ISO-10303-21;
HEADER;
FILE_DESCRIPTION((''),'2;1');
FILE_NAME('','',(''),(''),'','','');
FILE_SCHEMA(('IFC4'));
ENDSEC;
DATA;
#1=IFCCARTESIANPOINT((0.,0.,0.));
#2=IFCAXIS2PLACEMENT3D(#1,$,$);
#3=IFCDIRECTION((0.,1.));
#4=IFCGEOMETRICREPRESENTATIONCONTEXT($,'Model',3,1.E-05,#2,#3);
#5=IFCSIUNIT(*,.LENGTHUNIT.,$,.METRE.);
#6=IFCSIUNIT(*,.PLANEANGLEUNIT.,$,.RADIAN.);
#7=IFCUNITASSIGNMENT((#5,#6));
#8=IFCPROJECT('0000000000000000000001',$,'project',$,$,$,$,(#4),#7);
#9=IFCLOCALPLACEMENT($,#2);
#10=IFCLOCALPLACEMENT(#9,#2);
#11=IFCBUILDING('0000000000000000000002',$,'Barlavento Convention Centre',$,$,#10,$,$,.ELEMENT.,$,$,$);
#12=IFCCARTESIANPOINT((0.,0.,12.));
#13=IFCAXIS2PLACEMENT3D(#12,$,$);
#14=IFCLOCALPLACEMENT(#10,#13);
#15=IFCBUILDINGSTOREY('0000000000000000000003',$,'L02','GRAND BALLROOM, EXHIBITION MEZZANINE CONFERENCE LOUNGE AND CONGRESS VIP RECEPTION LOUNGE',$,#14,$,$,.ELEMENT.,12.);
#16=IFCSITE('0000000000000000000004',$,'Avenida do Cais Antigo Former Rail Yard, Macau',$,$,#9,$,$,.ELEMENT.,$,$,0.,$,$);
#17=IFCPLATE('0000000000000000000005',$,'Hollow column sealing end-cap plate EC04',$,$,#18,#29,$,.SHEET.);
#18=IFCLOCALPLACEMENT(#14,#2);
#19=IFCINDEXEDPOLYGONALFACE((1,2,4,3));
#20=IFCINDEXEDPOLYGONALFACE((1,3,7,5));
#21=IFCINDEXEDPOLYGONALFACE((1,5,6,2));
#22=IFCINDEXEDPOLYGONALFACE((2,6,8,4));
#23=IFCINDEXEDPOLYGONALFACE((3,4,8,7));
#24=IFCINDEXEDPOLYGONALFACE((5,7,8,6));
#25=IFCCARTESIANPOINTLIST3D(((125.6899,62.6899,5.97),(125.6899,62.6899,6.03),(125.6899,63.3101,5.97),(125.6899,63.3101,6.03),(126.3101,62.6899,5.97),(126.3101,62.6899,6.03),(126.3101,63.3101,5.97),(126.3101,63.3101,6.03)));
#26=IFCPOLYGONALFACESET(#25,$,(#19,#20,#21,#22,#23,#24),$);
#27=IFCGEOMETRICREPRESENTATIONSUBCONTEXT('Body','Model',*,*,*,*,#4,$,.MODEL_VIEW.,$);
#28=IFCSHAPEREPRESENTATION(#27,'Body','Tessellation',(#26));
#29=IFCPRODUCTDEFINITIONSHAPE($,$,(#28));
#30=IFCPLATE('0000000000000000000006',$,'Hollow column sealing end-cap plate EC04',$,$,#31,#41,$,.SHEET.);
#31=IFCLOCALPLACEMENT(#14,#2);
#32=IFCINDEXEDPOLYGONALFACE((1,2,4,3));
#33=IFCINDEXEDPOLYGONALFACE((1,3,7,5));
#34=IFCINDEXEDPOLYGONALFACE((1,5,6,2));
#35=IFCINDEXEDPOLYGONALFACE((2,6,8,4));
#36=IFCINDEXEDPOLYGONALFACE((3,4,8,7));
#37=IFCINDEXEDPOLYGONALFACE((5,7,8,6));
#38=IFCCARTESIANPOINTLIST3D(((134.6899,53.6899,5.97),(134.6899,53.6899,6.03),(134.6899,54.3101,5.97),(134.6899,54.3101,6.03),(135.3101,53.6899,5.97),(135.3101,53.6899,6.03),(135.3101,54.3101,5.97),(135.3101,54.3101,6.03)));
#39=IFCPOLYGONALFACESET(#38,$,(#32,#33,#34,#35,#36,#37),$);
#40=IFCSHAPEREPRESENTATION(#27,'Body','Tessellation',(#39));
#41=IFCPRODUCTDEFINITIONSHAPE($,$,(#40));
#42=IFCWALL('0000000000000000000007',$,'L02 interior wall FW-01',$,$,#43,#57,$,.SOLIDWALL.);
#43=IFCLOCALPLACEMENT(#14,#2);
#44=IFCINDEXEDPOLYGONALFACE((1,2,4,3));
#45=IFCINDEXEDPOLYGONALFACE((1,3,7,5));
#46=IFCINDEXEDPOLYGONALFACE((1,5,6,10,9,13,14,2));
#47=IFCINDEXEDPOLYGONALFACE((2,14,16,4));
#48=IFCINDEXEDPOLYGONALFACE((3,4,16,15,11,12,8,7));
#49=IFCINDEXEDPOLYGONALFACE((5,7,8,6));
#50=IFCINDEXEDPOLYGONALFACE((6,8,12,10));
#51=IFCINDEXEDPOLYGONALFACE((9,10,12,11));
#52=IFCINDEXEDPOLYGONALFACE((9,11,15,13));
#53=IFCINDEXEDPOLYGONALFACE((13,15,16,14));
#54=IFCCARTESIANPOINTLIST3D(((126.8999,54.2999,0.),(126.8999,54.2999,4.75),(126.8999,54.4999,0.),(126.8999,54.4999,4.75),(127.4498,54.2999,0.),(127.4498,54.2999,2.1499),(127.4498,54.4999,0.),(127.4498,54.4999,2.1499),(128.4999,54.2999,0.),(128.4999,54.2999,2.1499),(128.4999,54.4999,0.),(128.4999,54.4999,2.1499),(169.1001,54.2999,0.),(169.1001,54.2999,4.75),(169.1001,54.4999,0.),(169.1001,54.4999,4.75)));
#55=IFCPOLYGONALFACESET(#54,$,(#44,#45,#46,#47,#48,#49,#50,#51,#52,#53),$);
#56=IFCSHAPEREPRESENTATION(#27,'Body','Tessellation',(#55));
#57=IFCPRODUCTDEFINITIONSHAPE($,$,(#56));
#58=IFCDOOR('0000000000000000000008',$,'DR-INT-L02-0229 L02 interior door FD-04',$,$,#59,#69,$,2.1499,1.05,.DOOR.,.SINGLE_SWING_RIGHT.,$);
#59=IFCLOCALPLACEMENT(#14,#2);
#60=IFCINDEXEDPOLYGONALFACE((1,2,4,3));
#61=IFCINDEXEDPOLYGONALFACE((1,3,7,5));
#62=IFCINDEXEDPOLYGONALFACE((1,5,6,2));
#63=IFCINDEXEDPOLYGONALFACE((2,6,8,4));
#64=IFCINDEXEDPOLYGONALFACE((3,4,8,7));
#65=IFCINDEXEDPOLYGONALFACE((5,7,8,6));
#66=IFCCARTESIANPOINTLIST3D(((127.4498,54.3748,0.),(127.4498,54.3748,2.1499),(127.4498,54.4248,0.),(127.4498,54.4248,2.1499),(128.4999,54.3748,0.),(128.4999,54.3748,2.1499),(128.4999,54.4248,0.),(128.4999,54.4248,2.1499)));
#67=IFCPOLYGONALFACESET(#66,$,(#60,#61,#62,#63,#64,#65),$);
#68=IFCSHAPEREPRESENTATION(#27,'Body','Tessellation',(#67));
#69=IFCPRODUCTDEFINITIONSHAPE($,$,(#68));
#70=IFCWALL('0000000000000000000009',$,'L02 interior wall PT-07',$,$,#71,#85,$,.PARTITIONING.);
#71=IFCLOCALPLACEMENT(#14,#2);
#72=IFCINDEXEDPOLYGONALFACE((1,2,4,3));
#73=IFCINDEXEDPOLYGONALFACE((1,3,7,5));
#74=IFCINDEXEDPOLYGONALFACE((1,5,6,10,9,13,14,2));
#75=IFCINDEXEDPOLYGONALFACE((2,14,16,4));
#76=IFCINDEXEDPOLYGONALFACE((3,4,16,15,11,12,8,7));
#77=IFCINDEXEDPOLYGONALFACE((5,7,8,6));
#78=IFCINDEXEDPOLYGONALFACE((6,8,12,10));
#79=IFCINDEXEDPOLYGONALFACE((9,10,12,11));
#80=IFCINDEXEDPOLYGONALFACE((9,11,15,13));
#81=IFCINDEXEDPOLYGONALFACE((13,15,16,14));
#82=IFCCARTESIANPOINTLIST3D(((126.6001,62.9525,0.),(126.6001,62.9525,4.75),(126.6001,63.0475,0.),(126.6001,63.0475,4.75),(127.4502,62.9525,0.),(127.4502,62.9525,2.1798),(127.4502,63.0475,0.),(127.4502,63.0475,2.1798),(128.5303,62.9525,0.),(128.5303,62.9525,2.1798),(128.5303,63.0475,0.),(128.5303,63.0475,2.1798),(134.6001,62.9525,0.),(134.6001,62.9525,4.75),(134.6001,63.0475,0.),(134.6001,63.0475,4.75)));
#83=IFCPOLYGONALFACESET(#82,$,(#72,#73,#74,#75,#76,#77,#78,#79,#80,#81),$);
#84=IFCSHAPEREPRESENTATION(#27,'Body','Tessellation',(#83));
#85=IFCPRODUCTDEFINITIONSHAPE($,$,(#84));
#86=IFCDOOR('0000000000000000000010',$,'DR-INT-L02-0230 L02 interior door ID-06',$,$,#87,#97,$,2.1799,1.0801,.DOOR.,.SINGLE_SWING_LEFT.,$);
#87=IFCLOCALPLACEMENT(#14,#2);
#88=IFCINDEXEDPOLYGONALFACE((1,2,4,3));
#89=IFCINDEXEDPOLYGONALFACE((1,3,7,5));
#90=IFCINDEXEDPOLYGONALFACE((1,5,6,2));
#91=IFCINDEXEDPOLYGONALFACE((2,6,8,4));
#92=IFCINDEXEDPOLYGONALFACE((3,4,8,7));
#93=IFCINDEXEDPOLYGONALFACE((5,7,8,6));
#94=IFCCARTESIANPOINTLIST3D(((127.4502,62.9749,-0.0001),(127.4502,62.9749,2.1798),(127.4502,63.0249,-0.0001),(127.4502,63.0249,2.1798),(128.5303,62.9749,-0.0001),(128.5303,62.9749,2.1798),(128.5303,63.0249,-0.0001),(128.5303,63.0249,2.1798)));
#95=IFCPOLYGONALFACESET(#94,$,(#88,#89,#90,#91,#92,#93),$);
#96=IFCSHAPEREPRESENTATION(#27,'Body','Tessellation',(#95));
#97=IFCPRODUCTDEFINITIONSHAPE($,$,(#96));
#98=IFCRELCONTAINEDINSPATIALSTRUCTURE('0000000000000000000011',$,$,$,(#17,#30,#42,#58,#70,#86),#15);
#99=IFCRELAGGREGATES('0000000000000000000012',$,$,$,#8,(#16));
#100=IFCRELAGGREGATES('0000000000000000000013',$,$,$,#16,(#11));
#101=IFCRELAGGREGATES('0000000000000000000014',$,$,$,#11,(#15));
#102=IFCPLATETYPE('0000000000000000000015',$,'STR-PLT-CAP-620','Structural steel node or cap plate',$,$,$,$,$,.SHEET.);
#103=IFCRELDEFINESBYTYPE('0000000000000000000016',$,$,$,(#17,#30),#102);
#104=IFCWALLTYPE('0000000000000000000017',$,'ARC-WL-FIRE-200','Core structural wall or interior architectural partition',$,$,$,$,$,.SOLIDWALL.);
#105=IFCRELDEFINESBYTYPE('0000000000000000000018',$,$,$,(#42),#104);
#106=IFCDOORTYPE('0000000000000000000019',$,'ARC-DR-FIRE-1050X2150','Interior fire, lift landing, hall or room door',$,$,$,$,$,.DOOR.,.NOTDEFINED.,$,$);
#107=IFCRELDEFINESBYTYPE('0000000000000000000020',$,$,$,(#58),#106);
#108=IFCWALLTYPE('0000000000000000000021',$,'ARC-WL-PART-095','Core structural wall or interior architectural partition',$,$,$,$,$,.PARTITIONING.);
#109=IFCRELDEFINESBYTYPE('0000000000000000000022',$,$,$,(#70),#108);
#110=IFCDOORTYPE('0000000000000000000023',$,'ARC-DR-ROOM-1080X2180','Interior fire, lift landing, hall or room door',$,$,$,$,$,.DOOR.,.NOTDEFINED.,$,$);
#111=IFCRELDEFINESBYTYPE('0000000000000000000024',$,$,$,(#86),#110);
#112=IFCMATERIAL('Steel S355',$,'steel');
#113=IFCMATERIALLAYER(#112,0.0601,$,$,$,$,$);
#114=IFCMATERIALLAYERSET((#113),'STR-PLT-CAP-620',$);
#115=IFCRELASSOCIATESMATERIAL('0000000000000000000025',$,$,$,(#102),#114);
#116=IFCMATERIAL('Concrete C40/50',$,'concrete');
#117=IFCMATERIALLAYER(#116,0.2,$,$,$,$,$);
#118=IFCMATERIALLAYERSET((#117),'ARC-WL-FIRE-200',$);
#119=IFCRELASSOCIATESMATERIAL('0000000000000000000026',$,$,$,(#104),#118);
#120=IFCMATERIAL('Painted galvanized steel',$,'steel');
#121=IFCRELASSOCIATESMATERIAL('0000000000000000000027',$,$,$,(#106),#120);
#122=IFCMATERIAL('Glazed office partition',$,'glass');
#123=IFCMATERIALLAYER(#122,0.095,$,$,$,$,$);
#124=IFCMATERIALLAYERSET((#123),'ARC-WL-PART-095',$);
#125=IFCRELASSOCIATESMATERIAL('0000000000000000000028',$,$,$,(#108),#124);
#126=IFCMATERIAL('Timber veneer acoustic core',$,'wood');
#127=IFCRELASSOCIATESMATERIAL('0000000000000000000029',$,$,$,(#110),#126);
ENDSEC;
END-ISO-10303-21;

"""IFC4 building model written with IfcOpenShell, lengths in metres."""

from ifc_helpers import new_model, si_unit, direction, frame, frame_2d, origin, origin_2d, place, context, subcontext, project, spatial, rectangle, extrude, material, layer, layer_set, type_object, element, fill, save


model = new_model("IFC4")

# Units and contexts
model_context = context("Model", 3, precision=1e-05, world=origin(), true_north=direction((0.0, 1.0)))
body_context = subcontext(model_context, "Body", "Model", "MODEL_VIEW")
ifc_project = project(units=[si_unit("LENGTHUNIT", "METRE"), si_unit("PLANEANGLEUNIT", "RADIAN")], contexts=[model_context])

# Site, building, storey
site_placement = place(None, origin())
site = spatial("IfcSite", under=ifc_project, at=site_placement, Name="Avenida do Cais Antigo Former Rail Yard, Macau", CompositionType="ELEMENT", RefElevation=0.0)
building_placement = place(site_placement, origin())
building = spatial("IfcBuilding", under=site, at=building_placement, Name="Barlavento Convention Centre", CompositionType="ELEMENT")
storey_placement = place(building_placement, frame((0.0, 0.0, 12.0)))
storey = spatial("IfcBuildingStorey", under=building, at=storey_placement, Name="L02", Description="GRAND BALLROOM, EXHIBITION MEZZANINE CONFERENCE LOUNGE AND CONGRESS VIP RECEPTION LOUNGE", CompositionType="ELEMENT", Elevation=12.0)

# Shared definitions
ifc_material_1 = material(Name="Steel S355", Category="steel")

# Plates
ifc_layer_1 = layer(ifc_material_1, 0.0601)
ifc_layer_set_1 = layer_set([ifc_layer_1], Name="STR-PLT-CAP-620")
plate_type_1 = type_object("IfcPlateType", Name="STR-PLT-CAP-620", Description="Structural steel node or cap plate", PredefinedType="SHEET", material=ifc_layer_set_1)
for number, where, z_axis, x_axis, name in (
    (1, (126.0, 63.0, 5.97), (0.0, 0.0, 1.0), (1.0, 0.0, 0.0), "Hollow column sealing end-cap plate EC04"),
    (2, (135.0, 54.0, 5.97), (0.0, 0.0, 1.0), (1.0, 0.0, 0.0), "Hollow column sealing end-cap plate EC04"),
):
    element("IfcPlate", number, at=place(storey_placement, frame(where, z_axis=z_axis, x_axis=x_axis)), inside=storey, type_object=plate_type_1, Name=name, PredefinedType="SHEET", context=body_context, shape_type="SweptSolid", body=[
        extrude(rectangle(XDim=0.6201, YDim=0.6201, at=origin_2d()), origin(), (0.0, 0.0, 1.0), 0.0601),
    ])

# Walls, openings, doors
ifc_material_2 = material(Name="Concrete C40/50", Category="concrete")
ifc_layer_2 = layer(ifc_material_2, 0.2)
ifc_layer_set_2 = layer_set([ifc_layer_2], Name="ARC-WL-FIRE-200")
wall_type_1 = type_object("IfcWallType", Name="ARC-WL-FIRE-200", Description="Core structural wall or interior architectural partition", PredefinedType="SOLIDWALL", material=ifc_layer_set_2)
wall_1_placement = place(storey_placement, frame((126.8999, 54.3999, 0.0), z_axis=(0.0, 0.0, 1.0), x_axis=(1.0, 0.0, 0.0)))
wall_1 = element("IfcWall", 3, at=wall_1_placement, inside=storey, type_object=wall_type_1, Name="L02 interior wall FW-01", PredefinedType="SOLIDWALL", context=body_context, shape_type="SweptSolid", body=[
    extrude(rectangle(XDim=42.2002, YDim=0.2, at=frame_2d((21.1001, 0.0))), origin(), (0.0, 0.0, 1.0), 4.75),
])
opening_1_placement = place(wall_1_placement, frame((0.55, 0.0, 0.0)))
opening_1 = element("IfcOpeningElement", 4, at=opening_1_placement, cuts=wall_1, PredefinedType="OPENING", context=body_context, shape_type="SweptSolid", body=[
    extrude(rectangle(XDim=1.05, YDim=2.1499, at=frame_2d((0.5249, 1.075))), frame((0.0, 0.1099, 0.0), z_axis=(0.0, -1.0, 0.0), x_axis=(1.0, 0.0, 0.0)), (0.0, 0.0, 1.0), 0.22),
])
ifc_material_3 = material(Name="Painted galvanized steel", Category="steel")
door_type_1 = type_object("IfcDoorType", Name="ARC-DR-FIRE-1050X2150", Description="Interior fire, lift landing, hall or room door", OperationType="NOTDEFINED", PredefinedType="DOOR", material=ifc_material_3)
door_1_placement = place(opening_1_placement, origin())
door_1 = element("IfcDoor", 5, at=door_1_placement, inside=storey, type_object=door_type_1, Name="DR-INT-L02-0229 L02 interior door FD-04", OperationType="SINGLE_SWING_RIGHT", OverallHeight=2.1499, OverallWidth=1.05, PredefinedType="DOOR", context=body_context, shape_type="SweptSolid", body=[
    extrude(rectangle(XDim=1.05, YDim=2.1499, at=frame_2d((0.5249, 1.075))), frame((0.0, 0.0249, 0.0), z_axis=(0.0, -1.0, 0.0), x_axis=(1.0, 0.0, 0.0)), (0.0, 0.0, 1.0), 0.05),
])
fill(opening_1, door_1)
ifc_material_4 = material(Name="Glazed office partition", Category="glass")
ifc_layer_3 = layer(ifc_material_4, 0.095)
ifc_layer_set_3 = layer_set([ifc_layer_3], Name="ARC-WL-PART-095")
wall_type_2 = type_object("IfcWallType", Name="ARC-WL-PART-095", Description="Core structural wall or interior architectural partition", PredefinedType="PARTITIONING", material=ifc_layer_set_3)
wall_2_placement = place(storey_placement, frame((126.6001, 63.0, 0.0), z_axis=(0.0, 0.0, 1.0), x_axis=(1.0, 0.0, 0.0)))
wall_2 = element("IfcWall", 6, at=wall_2_placement, inside=storey, type_object=wall_type_2, Name="L02 interior wall PT-07", PredefinedType="PARTITIONING", context=body_context, shape_type="SweptSolid", body=[
    extrude(rectangle(XDim=8.0, YDim=0.095, at=frame_2d((4.0, 0.0))), origin(), (0.0, 0.0, 1.0), 4.75),
])
opening_2_placement = place(wall_2_placement, frame((0.8501, 0.0, 0.0)))
opening_2 = element("IfcOpeningElement", 7, at=opening_2_placement, cuts=wall_2, PredefinedType="OPENING", context=body_context, shape_type="SweptSolid", body=[
    extrude(rectangle(XDim=1.0801, YDim=2.1799, at=frame_2d((0.54, 1.0898))), frame((0.0, 0.0574, 0.0), z_axis=(0.0, -1.0, 0.0), x_axis=(1.0, 0.0, 0.0)), (0.0, 0.0, 1.0), 0.115),
])
ifc_material_5 = material(Name="Timber veneer acoustic core", Category="wood")
door_type_2 = type_object("IfcDoorType", Name="ARC-DR-ROOM-1080X2180", Description="Interior fire, lift landing, hall or room door", OperationType="NOTDEFINED", PredefinedType="DOOR", material=ifc_material_5)
door_2_placement = place(opening_2_placement, origin())
door_2 = element("IfcDoor", 8, at=door_2_placement, inside=storey, type_object=door_type_2, Name="DR-INT-L02-0230 L02 interior door ID-06", OperationType="SINGLE_SWING_LEFT", OverallHeight=2.1799, OverallWidth=1.0801, PredefinedType="DOOR", context=body_context, shape_type="SweptSolid", body=[
    extrude(rectangle(XDim=1.0801, YDim=2.1799, at=frame_2d((0.54, 1.0898))), frame((0.0, 0.0249, 0.0), z_axis=(0.0, -1.0, 0.0), x_axis=(1.0, 0.0, 0.0)), (0.0, 0.0, 1.0), 0.05),
])
fill(opening_2, door_2)

save(model, "model.ifc")
